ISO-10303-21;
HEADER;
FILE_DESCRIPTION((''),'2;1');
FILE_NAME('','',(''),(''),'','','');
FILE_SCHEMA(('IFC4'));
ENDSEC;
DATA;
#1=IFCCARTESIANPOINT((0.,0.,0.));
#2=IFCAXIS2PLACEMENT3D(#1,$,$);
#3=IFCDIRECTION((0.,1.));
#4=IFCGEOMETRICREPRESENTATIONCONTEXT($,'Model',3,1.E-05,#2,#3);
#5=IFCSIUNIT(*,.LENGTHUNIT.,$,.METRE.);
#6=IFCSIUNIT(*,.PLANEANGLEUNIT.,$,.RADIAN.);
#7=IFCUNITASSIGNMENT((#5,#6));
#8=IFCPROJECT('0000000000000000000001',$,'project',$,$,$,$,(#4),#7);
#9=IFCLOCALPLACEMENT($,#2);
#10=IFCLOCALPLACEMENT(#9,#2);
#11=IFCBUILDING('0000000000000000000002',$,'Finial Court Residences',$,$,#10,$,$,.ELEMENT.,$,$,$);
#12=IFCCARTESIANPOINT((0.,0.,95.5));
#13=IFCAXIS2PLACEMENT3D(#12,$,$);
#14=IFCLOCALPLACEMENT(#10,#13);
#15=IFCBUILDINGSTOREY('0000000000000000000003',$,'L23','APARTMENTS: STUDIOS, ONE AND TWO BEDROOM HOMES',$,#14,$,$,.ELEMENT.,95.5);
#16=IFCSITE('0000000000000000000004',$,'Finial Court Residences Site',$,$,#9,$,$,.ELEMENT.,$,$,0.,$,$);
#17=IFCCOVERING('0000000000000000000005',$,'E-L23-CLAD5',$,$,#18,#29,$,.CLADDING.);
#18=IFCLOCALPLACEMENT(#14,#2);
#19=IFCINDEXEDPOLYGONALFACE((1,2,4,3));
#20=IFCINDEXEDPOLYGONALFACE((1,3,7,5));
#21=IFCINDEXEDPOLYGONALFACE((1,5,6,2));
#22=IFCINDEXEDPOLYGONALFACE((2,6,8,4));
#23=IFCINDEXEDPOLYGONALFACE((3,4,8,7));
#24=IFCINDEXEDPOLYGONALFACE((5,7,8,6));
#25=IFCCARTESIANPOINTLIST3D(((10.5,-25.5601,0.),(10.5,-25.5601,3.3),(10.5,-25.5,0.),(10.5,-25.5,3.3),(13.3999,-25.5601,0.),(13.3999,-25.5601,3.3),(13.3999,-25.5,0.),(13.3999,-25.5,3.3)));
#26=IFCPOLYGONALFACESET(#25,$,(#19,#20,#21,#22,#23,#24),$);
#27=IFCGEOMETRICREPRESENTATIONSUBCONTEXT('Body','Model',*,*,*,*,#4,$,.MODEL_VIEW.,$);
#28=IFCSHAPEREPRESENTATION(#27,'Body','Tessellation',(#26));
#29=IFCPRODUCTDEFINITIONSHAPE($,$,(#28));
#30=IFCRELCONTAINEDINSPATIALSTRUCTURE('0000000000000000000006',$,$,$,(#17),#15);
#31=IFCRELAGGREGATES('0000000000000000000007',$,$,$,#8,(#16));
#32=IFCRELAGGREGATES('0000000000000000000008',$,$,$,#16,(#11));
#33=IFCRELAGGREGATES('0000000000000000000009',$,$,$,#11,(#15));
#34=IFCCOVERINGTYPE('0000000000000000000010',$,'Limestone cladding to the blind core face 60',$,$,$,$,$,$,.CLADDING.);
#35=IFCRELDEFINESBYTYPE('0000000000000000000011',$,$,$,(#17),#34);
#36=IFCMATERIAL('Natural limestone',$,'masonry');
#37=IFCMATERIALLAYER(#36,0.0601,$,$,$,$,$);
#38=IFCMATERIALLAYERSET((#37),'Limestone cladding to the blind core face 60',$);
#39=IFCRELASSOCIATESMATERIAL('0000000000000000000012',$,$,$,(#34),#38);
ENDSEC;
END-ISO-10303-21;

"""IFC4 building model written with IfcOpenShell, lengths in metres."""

from ifc_helpers import new_model, si_unit, direction, frame, origin, place, context, subcontext, project, spatial, polyline, outline, extrude, material, layer, layer_set, type_object, element, save


model = new_model("IFC4")

# Units and contexts
model_context = context("Model", 3, precision=1e-05, world=origin(), true_north=direction((0.0, 1.0)))
body_context = subcontext(model_context, "Body", "Model", "MODEL_VIEW")
ifc_project = project(units=[si_unit("LENGTHUNIT", "METRE"), si_unit("PLANEANGLEUNIT", "RADIAN")], contexts=[model_context])

# Site, building, storey
site_placement = place(None, origin())
site = spatial("IfcSite", under=ifc_project, at=site_placement, Name="Finial Court Residences Site", CompositionType="ELEMENT", RefElevation=0.0)
building_placement = place(site_placement, origin())
building = spatial("IfcBuilding", under=site, at=building_placement, Name="Finial Court Residences", CompositionType="ELEMENT")
storey_placement = place(building_placement, frame((0.0, 0.0, 95.5)))
storey = spatial("IfcBuildingStorey", under=building, at=storey_placement, Name="L23", Description="APARTMENTS: STUDIOS, ONE AND TWO BEDROOM HOMES", CompositionType="ELEMENT", Elevation=95.5)

# Covering
ifc_material_1 = material(Name="Natural limestone", Category="masonry")
ifc_layer_1 = layer(ifc_material_1, 0.0601)
ifc_layer_set_1 = layer_set([ifc_layer_1], Name="Limestone cladding to the blind core face 60")
covering_type = type_object("IfcCoveringType", Name="Limestone cladding to the blind core face 60", PredefinedType="CLADDING", material=ifc_layer_set_1)
covering_1_placement = place(storey_placement, origin())
element("IfcCovering", 1, at=covering_1_placement, inside=storey, type_object=covering_type, Name="E-L23-CLAD5", PredefinedType="CLADDING", context=body_context, shape_type="SweptSolid", body=[
    extrude(outline(polyline([(13.3999, -25.5601), (13.3999, -25.5), (10.5, -25.5), (10.5, -25.5601), (13.3999, -25.5601)])), origin(), (0.0, 0.0, 1.0), 3.3),
])

save(model, "model.ifc")
